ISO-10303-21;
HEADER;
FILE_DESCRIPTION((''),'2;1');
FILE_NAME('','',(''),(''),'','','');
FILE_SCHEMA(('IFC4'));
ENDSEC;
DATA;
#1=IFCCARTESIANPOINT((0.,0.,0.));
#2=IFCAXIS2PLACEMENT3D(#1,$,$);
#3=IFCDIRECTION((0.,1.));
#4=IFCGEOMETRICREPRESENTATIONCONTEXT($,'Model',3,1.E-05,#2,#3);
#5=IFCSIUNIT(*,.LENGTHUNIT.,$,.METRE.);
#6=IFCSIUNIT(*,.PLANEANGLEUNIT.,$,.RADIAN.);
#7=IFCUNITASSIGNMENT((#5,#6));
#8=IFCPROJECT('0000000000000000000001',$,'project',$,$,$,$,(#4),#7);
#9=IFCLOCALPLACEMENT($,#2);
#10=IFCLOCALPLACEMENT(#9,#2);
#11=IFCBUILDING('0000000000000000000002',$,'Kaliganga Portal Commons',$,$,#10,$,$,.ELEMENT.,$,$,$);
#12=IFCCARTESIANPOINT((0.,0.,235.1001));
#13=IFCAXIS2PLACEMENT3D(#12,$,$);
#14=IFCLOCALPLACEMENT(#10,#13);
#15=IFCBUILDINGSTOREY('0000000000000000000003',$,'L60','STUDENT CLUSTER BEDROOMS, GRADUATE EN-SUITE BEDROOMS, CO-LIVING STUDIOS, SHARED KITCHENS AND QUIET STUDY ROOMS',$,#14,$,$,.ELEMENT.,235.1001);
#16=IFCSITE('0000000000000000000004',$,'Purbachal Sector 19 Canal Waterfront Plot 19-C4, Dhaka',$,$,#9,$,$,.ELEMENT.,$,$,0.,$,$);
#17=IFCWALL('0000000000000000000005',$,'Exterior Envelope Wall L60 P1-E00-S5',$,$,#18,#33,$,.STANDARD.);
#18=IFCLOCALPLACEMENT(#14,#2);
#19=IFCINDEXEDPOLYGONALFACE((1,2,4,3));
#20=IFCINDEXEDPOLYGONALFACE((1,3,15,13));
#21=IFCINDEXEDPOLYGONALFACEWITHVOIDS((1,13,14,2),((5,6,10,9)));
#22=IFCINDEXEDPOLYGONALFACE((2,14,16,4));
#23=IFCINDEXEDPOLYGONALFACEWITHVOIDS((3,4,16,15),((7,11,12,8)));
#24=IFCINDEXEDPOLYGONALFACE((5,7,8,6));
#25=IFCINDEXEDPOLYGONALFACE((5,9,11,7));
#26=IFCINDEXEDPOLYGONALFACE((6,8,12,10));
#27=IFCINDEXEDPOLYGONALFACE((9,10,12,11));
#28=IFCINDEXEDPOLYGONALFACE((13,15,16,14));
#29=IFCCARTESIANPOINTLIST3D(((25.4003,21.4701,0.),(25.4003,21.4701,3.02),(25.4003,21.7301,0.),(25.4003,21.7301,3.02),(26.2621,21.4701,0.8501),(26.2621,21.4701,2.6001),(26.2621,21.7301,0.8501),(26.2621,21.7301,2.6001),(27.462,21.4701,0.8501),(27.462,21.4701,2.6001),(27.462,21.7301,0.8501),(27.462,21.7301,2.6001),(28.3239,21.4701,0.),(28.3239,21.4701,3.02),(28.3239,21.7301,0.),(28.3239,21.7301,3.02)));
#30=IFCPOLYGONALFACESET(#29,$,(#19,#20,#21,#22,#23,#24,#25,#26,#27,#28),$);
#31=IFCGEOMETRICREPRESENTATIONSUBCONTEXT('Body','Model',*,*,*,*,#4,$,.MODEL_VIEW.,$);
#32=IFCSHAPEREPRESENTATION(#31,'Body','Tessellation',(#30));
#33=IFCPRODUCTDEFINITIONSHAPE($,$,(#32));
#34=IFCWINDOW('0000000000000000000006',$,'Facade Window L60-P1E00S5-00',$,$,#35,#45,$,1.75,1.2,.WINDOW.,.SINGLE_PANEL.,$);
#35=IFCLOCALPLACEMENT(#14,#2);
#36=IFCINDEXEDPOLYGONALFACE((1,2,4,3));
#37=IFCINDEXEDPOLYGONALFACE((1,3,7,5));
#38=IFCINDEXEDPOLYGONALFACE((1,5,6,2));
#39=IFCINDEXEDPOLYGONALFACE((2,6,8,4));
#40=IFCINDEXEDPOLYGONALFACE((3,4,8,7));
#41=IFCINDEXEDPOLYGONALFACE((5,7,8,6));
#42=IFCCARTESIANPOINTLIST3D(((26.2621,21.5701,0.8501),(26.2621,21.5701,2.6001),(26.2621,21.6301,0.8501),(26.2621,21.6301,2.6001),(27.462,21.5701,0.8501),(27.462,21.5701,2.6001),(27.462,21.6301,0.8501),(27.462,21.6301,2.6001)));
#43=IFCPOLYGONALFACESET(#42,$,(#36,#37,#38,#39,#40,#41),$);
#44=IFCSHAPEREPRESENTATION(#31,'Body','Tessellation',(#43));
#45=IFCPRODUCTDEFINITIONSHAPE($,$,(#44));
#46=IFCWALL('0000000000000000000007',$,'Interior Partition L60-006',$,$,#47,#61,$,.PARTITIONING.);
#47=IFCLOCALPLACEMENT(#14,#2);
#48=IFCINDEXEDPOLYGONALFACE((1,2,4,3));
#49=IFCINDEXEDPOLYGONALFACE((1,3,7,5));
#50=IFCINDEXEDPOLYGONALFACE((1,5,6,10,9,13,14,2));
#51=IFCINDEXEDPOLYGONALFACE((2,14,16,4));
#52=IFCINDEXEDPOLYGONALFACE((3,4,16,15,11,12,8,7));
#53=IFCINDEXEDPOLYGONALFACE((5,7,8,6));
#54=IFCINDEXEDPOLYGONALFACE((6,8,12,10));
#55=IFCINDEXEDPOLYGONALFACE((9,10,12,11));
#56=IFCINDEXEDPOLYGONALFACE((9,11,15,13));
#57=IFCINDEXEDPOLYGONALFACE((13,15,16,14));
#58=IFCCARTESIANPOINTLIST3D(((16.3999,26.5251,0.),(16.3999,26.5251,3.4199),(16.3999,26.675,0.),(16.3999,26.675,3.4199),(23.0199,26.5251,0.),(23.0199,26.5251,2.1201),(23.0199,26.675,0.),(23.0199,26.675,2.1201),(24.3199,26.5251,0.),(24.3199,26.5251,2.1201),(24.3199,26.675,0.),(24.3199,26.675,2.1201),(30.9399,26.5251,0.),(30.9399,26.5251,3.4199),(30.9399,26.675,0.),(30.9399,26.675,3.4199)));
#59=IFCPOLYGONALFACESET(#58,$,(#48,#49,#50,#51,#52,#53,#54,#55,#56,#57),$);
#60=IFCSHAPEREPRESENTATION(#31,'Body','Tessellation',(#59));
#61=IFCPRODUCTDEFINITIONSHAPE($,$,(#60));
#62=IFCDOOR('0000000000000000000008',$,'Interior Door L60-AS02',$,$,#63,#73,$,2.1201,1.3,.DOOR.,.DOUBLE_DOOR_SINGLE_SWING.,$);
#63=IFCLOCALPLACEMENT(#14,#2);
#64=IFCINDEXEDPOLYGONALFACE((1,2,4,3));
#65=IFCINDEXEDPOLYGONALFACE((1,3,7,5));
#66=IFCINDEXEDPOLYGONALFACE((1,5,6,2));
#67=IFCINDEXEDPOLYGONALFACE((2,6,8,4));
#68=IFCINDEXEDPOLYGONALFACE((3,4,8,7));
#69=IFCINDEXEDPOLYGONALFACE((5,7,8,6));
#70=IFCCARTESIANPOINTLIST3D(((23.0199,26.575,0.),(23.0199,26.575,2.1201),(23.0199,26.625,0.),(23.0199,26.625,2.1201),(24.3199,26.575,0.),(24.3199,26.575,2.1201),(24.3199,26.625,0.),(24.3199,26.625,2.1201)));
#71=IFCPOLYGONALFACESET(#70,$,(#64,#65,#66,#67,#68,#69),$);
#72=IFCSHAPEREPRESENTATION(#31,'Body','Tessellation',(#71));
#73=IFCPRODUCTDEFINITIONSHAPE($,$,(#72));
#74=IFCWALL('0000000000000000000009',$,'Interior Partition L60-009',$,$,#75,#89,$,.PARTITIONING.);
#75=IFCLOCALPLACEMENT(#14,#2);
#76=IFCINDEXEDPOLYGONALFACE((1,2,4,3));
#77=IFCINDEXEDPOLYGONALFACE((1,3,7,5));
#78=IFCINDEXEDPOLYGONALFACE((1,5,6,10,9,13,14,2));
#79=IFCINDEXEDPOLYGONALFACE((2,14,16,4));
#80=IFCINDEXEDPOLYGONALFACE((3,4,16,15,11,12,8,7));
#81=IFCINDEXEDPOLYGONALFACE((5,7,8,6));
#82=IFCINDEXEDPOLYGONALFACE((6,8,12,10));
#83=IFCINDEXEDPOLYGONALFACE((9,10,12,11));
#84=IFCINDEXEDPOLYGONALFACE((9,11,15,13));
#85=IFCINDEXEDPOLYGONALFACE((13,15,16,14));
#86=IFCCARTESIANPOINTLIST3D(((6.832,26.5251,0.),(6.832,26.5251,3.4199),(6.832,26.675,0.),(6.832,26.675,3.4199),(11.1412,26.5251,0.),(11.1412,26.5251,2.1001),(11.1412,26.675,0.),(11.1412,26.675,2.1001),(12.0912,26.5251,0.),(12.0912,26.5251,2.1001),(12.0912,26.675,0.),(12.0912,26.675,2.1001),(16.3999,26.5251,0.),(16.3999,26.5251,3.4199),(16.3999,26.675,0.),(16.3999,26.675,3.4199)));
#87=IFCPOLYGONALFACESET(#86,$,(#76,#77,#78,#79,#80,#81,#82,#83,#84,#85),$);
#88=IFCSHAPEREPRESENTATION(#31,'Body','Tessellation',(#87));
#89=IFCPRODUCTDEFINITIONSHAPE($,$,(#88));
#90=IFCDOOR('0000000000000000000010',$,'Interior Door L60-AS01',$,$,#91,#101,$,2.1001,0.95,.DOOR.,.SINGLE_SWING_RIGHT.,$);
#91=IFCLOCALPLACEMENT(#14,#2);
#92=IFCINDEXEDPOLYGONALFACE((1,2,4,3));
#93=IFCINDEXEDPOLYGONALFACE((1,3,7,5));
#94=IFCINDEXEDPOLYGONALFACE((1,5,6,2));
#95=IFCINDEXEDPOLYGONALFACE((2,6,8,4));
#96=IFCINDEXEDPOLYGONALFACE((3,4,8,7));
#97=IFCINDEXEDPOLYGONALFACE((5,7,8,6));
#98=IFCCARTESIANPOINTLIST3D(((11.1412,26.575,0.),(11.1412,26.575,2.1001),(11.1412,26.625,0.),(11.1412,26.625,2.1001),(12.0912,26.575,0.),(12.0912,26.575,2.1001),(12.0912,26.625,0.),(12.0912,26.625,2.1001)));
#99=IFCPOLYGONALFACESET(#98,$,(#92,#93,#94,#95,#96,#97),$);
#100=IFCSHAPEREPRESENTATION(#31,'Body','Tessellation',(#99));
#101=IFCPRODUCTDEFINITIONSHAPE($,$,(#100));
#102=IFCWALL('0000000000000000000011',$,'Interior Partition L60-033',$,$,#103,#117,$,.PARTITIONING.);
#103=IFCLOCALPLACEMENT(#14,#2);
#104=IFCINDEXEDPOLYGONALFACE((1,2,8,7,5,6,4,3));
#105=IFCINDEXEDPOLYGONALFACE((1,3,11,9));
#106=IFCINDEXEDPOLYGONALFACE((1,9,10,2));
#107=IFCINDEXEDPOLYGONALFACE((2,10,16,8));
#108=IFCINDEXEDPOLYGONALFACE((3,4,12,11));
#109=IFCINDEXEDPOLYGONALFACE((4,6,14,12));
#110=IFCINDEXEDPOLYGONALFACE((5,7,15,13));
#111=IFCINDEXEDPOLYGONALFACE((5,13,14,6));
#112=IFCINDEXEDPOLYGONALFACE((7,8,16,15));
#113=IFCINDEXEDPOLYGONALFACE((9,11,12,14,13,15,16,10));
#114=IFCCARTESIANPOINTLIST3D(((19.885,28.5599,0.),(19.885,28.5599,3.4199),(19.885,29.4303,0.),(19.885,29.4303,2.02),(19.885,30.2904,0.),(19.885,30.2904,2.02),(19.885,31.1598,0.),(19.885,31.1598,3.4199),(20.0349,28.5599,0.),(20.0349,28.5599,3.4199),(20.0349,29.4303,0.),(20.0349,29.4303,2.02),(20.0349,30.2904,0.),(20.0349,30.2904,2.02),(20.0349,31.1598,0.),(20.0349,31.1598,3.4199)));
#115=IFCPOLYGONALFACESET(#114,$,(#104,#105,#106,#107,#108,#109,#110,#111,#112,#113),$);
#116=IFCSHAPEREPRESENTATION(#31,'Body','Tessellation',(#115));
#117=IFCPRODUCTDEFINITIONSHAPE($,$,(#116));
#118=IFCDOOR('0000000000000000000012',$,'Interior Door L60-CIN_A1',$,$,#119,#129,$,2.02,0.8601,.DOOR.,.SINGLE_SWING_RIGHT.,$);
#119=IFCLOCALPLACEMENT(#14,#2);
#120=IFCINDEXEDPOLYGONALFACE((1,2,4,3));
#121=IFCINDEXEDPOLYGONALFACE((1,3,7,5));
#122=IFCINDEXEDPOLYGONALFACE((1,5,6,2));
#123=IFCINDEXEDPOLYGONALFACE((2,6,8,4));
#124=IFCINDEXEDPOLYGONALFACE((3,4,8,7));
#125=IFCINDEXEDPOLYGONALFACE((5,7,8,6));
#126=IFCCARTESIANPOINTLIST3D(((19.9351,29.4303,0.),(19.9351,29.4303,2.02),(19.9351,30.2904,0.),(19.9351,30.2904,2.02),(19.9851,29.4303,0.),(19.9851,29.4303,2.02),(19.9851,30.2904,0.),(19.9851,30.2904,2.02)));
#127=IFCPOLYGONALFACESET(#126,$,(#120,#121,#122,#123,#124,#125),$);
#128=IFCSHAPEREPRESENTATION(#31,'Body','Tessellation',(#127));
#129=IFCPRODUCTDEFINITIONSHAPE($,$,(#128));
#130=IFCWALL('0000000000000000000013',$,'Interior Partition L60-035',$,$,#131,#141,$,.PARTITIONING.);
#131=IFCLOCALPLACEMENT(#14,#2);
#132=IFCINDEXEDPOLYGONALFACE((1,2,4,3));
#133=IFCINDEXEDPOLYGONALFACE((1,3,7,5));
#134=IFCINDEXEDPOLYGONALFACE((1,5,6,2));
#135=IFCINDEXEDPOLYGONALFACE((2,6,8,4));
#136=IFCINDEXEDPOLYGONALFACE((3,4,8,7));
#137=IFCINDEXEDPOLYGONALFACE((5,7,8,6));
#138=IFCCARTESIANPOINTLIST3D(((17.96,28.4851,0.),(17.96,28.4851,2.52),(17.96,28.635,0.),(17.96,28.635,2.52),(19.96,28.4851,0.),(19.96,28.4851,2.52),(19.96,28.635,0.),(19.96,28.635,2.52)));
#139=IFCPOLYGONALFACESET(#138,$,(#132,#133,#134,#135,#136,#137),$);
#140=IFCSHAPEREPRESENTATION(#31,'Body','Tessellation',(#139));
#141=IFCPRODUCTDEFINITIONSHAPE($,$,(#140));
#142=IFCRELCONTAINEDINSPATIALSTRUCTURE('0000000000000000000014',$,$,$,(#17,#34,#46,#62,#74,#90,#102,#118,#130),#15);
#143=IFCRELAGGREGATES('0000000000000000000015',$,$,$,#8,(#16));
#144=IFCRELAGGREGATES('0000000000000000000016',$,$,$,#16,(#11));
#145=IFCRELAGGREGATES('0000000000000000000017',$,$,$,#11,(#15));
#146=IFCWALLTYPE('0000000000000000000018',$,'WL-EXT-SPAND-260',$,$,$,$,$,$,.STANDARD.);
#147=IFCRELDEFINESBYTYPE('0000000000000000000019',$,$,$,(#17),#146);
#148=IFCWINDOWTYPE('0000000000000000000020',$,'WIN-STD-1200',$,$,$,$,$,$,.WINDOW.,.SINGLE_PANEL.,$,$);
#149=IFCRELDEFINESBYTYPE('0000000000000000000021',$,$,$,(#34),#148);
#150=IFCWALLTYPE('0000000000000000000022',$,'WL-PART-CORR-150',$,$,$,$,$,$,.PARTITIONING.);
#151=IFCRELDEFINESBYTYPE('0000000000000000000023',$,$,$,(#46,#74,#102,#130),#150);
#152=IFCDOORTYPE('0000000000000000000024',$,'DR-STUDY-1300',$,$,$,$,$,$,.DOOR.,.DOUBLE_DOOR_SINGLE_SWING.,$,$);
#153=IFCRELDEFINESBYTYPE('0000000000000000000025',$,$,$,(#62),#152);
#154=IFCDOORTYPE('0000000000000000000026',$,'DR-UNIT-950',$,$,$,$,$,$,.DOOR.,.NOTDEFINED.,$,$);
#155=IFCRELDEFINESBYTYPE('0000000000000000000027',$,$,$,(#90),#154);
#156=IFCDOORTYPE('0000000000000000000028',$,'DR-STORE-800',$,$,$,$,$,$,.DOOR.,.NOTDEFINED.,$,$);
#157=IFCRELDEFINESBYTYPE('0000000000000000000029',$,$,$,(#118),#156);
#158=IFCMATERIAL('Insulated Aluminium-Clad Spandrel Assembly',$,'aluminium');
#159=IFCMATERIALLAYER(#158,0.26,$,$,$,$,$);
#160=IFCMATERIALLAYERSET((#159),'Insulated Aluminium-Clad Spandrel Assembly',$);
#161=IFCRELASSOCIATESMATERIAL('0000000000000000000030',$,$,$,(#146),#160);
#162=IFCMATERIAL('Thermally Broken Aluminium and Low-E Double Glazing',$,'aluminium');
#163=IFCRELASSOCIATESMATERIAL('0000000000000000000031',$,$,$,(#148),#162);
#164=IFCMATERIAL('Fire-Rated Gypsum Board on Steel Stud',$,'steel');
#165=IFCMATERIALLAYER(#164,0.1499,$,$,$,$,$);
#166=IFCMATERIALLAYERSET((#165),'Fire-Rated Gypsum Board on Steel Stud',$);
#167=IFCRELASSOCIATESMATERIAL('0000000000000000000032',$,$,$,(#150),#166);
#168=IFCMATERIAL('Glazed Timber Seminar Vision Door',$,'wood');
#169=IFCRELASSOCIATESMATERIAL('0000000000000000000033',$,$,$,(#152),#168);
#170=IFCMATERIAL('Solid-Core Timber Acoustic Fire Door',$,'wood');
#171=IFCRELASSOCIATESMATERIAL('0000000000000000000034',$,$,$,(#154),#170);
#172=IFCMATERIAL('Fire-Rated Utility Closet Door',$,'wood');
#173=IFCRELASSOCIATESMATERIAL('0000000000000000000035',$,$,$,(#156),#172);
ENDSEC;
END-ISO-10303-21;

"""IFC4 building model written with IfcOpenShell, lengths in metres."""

from ifc_helpers import new_model, si_unit, direction, frame, frame_2d, origin, place, context, subcontext, project, spatial, rectangle, extrude, material, layer, layer_set, type_object, element, fill, save


model = new_model("IFC4")

# Units and contexts
model_context = context("Model", 3, precision=1e-05, world=origin(), true_north=direction((0.0, 1.0)))
body_context = subcontext(model_context, "Body", "Model", "MODEL_VIEW")
ifc_project = project(units=[si_unit("LENGTHUNIT", "METRE"), si_unit("PLANEANGLEUNIT", "RADIAN")], contexts=[model_context])

# Site, building, storey
site_placement = place(None, origin())
site = spatial("IfcSite", under=ifc_project, at=site_placement, Name="Purbachal Sector 19 Canal Waterfront Plot 19-C4, Dhaka", CompositionType="ELEMENT", RefElevation=0.0)
building_placement = place(site_placement, origin())
building = spatial("IfcBuilding", under=site, at=building_placement, Name="Kaliganga Portal Commons", CompositionType="ELEMENT")
storey_placement = place(building_placement, frame((0.0, 0.0, 235.1001)))
storey = spatial("IfcBuildingStorey", under=building, at=storey_placement, Name="L60", Description="STUDENT CLUSTER BEDROOMS, GRADUATE EN-SUITE BEDROOMS, CO-LIVING STUDIOS, SHARED KITCHENS AND QUIET STUDY ROOMS", CompositionType="ELEMENT", Elevation=235.1001)

# Wall, opening, window
ifc_material_1 = material(Name="Insulated Aluminium-Clad Spandrel Assembly", Category="aluminium")
ifc_layer_1 = layer(ifc_material_1, 0.26)
ifc_layer_set_1 = layer_set([ifc_layer_1], Name="Insulated Aluminium-Clad Spandrel Assembly")
wall_type_1 = type_object("IfcWallType", Name="WL-EXT-SPAND-260", PredefinedType="STANDARD", material=ifc_layer_set_1)
wall_1_placement = place(storey_placement, frame((28.324, 21.6001, 0.0), z_axis=(0.0, 0.0, 1.0), x_axis=(-1.0, 0.0, 0.0)))
wall_1 = element("IfcWall", 1, at=wall_1_placement, inside=storey, type_object=wall_type_1, Name="Exterior Envelope Wall L60 P1-E00-S5", PredefinedType="STANDARD", context=body_context, shape_type="SweptSolid", body=[
    extrude(rectangle(XDim=2.9236, YDim=0.26, at=frame_2d((1.4619, 0.0))), origin(), (0.0, 0.0, 1.0), 3.02),
])
opening_1_placement = place(wall_1_placement, frame((0.8618, 0.0, 0.8501)))
opening_1 = element("IfcOpeningElement", 2, at=opening_1_placement, cuts=wall_1, PredefinedType="OPENING", context=body_context, shape_type="SweptSolid", body=[
    extrude(rectangle(XDim=1.2, YDim=1.75, at=frame_2d((0.6001, 0.875))), frame((0.0, 0.1401, 0.0), z_axis=(0.0, -1.0, 0.0), x_axis=(1.0, 0.0, 0.0)), (0.0, 0.0, 1.0), 0.28),
])
ifc_material_2 = material(Name="Thermally Broken Aluminium and Low-E Double Glazing", Category="aluminium")
window_type = type_object("IfcWindowType", Name="WIN-STD-1200", PartitioningType="SINGLE_PANEL", PredefinedType="WINDOW", material=ifc_material_2)
window_placement = place(opening_1_placement, origin())
window = element("IfcWindow", 3, at=window_placement, inside=storey, type_object=window_type, Name="Facade Window L60-P1E00S5-00", OverallHeight=1.75, OverallWidth=1.2, PartitioningType="SINGLE_PANEL", PredefinedType="WINDOW", context=body_context, shape_type="SweptSolid", body=[
    extrude(rectangle(XDim=1.2, YDim=1.75, at=frame_2d((0.6001, 0.875))), frame((0.0, 0.03, 0.0), z_axis=(0.0, -1.0, 0.0), x_axis=(1.0, 0.0, 0.0)), (0.0, 0.0, 1.0), 0.0601),
])
fill(opening_1, window)

# Walls, openings, doors
ifc_material_3 = material(Name="Fire-Rated Gypsum Board on Steel Stud", Category="steel")
ifc_layer_2 = layer(ifc_material_3, 0.1499)
ifc_layer_set_2 = layer_set([ifc_layer_2], Name="Fire-Rated Gypsum Board on Steel Stud")
wall_type_2 = type_object("IfcWallType", Name="WL-PART-CORR-150", PredefinedType="PARTITIONING", material=ifc_layer_set_2)
wall_2_placement = place(storey_placement, frame((16.3999, 26.6001, 0.0), z_axis=(0.0, 0.0, 1.0), x_axis=(1.0, 0.0, 0.0)))
wall_2 = element("IfcWall", 4, at=wall_2_placement, inside=storey, type_object=wall_type_2, Name="Interior Partition L60-006", PredefinedType="PARTITIONING", context=body_context, shape_type="SweptSolid", body=[
    extrude(rectangle(XDim=14.54, YDim=0.1499, at=frame_2d((7.27, 0.0))), origin(), (0.0, 0.0, 1.0), 3.4199),
])
opening_2_placement = place(wall_2_placement, frame((6.6201, 0.0, 0.0)))
opening_2 = element("IfcOpeningElement", 5, at=opening_2_placement, cuts=wall_2, PredefinedType="OPENING", context=body_context, shape_type="SweptSolid", body=[
    extrude(rectangle(XDim=1.3, YDim=2.1201, at=frame_2d((0.6499, 1.0601))), frame((0.0, 0.085, 0.0), z_axis=(0.0, -1.0, 0.0), x_axis=(1.0, 0.0, 0.0)), (0.0, 0.0, 1.0), 0.1699),
])
ifc_material_4 = material(Name="Glazed Timber Seminar Vision Door", Category="wood")
door_type_1 = type_object("IfcDoorType", Name="DR-STUDY-1300", OperationType="DOUBLE_DOOR_SINGLE_SWING", PredefinedType="DOOR", material=ifc_material_4)
door_1_placement = place(opening_2_placement, origin())
door_1 = element("IfcDoor", 6, at=door_1_placement, inside=storey, type_object=door_type_1, Name="Interior Door L60-AS02", OperationType="DOUBLE_DOOR_SINGLE_SWING", OverallHeight=2.1201, OverallWidth=1.3, PredefinedType="DOOR", context=body_context, shape_type="SweptSolid", body=[
    extrude(rectangle(XDim=1.3, YDim=2.1201, at=frame_2d((0.6499, 1.0601))), frame((0.0, 0.0249, 0.0), z_axis=(0.0, -1.0, 0.0), x_axis=(1.0, 0.0, 0.0)), (0.0, 0.0, 1.0), 0.05),
])
fill(opening_2, door_1)
wall_3_placement = place(storey_placement, frame((6.832, 26.6001, 0.0), z_axis=(0.0, 0.0, 1.0), x_axis=(1.0, 0.0, 0.0)))
wall_3 = element("IfcWall", 7, at=wall_3_placement, inside=storey, type_object=wall_type_2, Name="Interior Partition L60-009", PredefinedType="PARTITIONING", context=body_context, shape_type="SweptSolid", body=[
    extrude(rectangle(XDim=9.5679, YDim=0.1499, at=frame_2d((4.7839, 0.0))), origin(), (0.0, 0.0, 1.0), 3.4199),
])
opening_3_placement = place(wall_3_placement, frame((4.3091, 0.0, 0.0)))
opening_3 = element("IfcOpeningElement", 8, at=opening_3_placement, cuts=wall_3, PredefinedType="OPENING", context=body_context, shape_type="SweptSolid", body=[
    extrude(rectangle(XDim=0.95, YDim=2.1001, at=frame_2d((0.4751, 1.05))), frame((0.0, 0.085, 0.0), z_axis=(0.0, -1.0, 0.0), x_axis=(1.0, 0.0, 0.0)), (0.0, 0.0, 1.0), 0.1699),
])
ifc_material_5 = material(Name="Solid-Core Timber Acoustic Fire Door", Category="wood")
door_type_2 = type_object("IfcDoorType", Name="DR-UNIT-950", OperationType="NOTDEFINED", PredefinedType="DOOR", material=ifc_material_5)
door_2_placement = place(opening_3_placement, origin())
door_2 = element("IfcDoor", 9, at=door_2_placement, inside=storey, type_object=door_type_2, Name="Interior Door L60-AS01", OperationType="SINGLE_SWING_RIGHT", OverallHeight=2.1001, OverallWidth=0.95, PredefinedType="DOOR", context=body_context, shape_type="SweptSolid", body=[
    extrude(rectangle(XDim=0.95, YDim=2.1001, at=frame_2d((0.4751, 1.05))), frame((0.0, 0.0249, 0.0), z_axis=(0.0, -1.0, 0.0), x_axis=(1.0, 0.0, 0.0)), (0.0, 0.0, 1.0), 0.05),
])
fill(opening_3, door_2)
wall_4_placement = place(storey_placement, frame((19.96, 28.5601, 0.0), z_axis=(0.0, 0.0, 1.0), x_axis=(0.0, 1.0, 0.0)))
wall_4 = element("IfcWall", 10, at=wall_4_placement, inside=storey, type_object=wall_type_2, Name="Interior Partition L60-033", PredefinedType="PARTITIONING", context=body_context, shape_type="SweptSolid", body=[
    extrude(rectangle(XDim=2.5999, YDim=0.1499, at=frame_2d((1.2998, 0.0))), origin(), (0.0, 0.0, 1.0), 3.4199),
])
opening_4_placement = place(wall_4_placement, frame((0.8701, 0.0, 0.0)))
opening_4 = element("IfcOpeningElement", 11, at=opening_4_placement, cuts=wall_4, PredefinedType="OPENING", context=body_context, shape_type="SweptSolid", body=[
    extrude(rectangle(XDim=0.8601, YDim=2.02, at=frame_2d((0.4302, 1.01))), frame((0.0, 0.085, 0.0), z_axis=(0.0, -1.0, 0.0), x_axis=(1.0, 0.0, 0.0)), (0.0, 0.0, 1.0), 0.1699),
])
ifc_material_6 = material(Name="Fire-Rated Utility Closet Door", Category="wood")
door_type_3 = type_object("IfcDoorType", Name="DR-STORE-800", OperationType="NOTDEFINED", PredefinedType="DOOR", material=ifc_material_6)
door_3_placement = place(opening_4_placement, origin())
door_3 = element("IfcDoor", 12, at=door_3_placement, inside=storey, type_object=door_type_3, Name="Interior Door L60-CIN_A1", OperationType="SINGLE_SWING_RIGHT", OverallHeight=2.02, OverallWidth=0.8601, PredefinedType="DOOR", context=body_context, shape_type="SweptSolid", body=[
    extrude(rectangle(XDim=0.8601, YDim=2.02, at=frame_2d((0.4302, 1.01))), frame((0.0, 0.0249, 0.0), z_axis=(0.0, -1.0, 0.0), x_axis=(1.0, 0.0, 0.0)), (0.0, 0.0, 1.0), 0.05),
])
fill(opening_4, door_3)

# Wall
wall_5_placement = place(storey_placement, frame((17.96, 28.5601, 0.0), z_axis=(0.0, 0.0, 1.0), x_axis=(1.0, 0.0, 0.0)))
element("IfcWall", 13, at=wall_5_placement, inside=storey, type_object=wall_type_2, Name="Interior Partition L60-035", PredefinedType="PARTITIONING", context=body_context, shape_type="SweptSolid", body=[
    extrude(rectangle(XDim=2.0, YDim=0.1499, at=frame_2d((1.0, 0.0))), origin(), (0.0, 0.0, 1.0), 2.52),
])

save(model, "model.ifc")
